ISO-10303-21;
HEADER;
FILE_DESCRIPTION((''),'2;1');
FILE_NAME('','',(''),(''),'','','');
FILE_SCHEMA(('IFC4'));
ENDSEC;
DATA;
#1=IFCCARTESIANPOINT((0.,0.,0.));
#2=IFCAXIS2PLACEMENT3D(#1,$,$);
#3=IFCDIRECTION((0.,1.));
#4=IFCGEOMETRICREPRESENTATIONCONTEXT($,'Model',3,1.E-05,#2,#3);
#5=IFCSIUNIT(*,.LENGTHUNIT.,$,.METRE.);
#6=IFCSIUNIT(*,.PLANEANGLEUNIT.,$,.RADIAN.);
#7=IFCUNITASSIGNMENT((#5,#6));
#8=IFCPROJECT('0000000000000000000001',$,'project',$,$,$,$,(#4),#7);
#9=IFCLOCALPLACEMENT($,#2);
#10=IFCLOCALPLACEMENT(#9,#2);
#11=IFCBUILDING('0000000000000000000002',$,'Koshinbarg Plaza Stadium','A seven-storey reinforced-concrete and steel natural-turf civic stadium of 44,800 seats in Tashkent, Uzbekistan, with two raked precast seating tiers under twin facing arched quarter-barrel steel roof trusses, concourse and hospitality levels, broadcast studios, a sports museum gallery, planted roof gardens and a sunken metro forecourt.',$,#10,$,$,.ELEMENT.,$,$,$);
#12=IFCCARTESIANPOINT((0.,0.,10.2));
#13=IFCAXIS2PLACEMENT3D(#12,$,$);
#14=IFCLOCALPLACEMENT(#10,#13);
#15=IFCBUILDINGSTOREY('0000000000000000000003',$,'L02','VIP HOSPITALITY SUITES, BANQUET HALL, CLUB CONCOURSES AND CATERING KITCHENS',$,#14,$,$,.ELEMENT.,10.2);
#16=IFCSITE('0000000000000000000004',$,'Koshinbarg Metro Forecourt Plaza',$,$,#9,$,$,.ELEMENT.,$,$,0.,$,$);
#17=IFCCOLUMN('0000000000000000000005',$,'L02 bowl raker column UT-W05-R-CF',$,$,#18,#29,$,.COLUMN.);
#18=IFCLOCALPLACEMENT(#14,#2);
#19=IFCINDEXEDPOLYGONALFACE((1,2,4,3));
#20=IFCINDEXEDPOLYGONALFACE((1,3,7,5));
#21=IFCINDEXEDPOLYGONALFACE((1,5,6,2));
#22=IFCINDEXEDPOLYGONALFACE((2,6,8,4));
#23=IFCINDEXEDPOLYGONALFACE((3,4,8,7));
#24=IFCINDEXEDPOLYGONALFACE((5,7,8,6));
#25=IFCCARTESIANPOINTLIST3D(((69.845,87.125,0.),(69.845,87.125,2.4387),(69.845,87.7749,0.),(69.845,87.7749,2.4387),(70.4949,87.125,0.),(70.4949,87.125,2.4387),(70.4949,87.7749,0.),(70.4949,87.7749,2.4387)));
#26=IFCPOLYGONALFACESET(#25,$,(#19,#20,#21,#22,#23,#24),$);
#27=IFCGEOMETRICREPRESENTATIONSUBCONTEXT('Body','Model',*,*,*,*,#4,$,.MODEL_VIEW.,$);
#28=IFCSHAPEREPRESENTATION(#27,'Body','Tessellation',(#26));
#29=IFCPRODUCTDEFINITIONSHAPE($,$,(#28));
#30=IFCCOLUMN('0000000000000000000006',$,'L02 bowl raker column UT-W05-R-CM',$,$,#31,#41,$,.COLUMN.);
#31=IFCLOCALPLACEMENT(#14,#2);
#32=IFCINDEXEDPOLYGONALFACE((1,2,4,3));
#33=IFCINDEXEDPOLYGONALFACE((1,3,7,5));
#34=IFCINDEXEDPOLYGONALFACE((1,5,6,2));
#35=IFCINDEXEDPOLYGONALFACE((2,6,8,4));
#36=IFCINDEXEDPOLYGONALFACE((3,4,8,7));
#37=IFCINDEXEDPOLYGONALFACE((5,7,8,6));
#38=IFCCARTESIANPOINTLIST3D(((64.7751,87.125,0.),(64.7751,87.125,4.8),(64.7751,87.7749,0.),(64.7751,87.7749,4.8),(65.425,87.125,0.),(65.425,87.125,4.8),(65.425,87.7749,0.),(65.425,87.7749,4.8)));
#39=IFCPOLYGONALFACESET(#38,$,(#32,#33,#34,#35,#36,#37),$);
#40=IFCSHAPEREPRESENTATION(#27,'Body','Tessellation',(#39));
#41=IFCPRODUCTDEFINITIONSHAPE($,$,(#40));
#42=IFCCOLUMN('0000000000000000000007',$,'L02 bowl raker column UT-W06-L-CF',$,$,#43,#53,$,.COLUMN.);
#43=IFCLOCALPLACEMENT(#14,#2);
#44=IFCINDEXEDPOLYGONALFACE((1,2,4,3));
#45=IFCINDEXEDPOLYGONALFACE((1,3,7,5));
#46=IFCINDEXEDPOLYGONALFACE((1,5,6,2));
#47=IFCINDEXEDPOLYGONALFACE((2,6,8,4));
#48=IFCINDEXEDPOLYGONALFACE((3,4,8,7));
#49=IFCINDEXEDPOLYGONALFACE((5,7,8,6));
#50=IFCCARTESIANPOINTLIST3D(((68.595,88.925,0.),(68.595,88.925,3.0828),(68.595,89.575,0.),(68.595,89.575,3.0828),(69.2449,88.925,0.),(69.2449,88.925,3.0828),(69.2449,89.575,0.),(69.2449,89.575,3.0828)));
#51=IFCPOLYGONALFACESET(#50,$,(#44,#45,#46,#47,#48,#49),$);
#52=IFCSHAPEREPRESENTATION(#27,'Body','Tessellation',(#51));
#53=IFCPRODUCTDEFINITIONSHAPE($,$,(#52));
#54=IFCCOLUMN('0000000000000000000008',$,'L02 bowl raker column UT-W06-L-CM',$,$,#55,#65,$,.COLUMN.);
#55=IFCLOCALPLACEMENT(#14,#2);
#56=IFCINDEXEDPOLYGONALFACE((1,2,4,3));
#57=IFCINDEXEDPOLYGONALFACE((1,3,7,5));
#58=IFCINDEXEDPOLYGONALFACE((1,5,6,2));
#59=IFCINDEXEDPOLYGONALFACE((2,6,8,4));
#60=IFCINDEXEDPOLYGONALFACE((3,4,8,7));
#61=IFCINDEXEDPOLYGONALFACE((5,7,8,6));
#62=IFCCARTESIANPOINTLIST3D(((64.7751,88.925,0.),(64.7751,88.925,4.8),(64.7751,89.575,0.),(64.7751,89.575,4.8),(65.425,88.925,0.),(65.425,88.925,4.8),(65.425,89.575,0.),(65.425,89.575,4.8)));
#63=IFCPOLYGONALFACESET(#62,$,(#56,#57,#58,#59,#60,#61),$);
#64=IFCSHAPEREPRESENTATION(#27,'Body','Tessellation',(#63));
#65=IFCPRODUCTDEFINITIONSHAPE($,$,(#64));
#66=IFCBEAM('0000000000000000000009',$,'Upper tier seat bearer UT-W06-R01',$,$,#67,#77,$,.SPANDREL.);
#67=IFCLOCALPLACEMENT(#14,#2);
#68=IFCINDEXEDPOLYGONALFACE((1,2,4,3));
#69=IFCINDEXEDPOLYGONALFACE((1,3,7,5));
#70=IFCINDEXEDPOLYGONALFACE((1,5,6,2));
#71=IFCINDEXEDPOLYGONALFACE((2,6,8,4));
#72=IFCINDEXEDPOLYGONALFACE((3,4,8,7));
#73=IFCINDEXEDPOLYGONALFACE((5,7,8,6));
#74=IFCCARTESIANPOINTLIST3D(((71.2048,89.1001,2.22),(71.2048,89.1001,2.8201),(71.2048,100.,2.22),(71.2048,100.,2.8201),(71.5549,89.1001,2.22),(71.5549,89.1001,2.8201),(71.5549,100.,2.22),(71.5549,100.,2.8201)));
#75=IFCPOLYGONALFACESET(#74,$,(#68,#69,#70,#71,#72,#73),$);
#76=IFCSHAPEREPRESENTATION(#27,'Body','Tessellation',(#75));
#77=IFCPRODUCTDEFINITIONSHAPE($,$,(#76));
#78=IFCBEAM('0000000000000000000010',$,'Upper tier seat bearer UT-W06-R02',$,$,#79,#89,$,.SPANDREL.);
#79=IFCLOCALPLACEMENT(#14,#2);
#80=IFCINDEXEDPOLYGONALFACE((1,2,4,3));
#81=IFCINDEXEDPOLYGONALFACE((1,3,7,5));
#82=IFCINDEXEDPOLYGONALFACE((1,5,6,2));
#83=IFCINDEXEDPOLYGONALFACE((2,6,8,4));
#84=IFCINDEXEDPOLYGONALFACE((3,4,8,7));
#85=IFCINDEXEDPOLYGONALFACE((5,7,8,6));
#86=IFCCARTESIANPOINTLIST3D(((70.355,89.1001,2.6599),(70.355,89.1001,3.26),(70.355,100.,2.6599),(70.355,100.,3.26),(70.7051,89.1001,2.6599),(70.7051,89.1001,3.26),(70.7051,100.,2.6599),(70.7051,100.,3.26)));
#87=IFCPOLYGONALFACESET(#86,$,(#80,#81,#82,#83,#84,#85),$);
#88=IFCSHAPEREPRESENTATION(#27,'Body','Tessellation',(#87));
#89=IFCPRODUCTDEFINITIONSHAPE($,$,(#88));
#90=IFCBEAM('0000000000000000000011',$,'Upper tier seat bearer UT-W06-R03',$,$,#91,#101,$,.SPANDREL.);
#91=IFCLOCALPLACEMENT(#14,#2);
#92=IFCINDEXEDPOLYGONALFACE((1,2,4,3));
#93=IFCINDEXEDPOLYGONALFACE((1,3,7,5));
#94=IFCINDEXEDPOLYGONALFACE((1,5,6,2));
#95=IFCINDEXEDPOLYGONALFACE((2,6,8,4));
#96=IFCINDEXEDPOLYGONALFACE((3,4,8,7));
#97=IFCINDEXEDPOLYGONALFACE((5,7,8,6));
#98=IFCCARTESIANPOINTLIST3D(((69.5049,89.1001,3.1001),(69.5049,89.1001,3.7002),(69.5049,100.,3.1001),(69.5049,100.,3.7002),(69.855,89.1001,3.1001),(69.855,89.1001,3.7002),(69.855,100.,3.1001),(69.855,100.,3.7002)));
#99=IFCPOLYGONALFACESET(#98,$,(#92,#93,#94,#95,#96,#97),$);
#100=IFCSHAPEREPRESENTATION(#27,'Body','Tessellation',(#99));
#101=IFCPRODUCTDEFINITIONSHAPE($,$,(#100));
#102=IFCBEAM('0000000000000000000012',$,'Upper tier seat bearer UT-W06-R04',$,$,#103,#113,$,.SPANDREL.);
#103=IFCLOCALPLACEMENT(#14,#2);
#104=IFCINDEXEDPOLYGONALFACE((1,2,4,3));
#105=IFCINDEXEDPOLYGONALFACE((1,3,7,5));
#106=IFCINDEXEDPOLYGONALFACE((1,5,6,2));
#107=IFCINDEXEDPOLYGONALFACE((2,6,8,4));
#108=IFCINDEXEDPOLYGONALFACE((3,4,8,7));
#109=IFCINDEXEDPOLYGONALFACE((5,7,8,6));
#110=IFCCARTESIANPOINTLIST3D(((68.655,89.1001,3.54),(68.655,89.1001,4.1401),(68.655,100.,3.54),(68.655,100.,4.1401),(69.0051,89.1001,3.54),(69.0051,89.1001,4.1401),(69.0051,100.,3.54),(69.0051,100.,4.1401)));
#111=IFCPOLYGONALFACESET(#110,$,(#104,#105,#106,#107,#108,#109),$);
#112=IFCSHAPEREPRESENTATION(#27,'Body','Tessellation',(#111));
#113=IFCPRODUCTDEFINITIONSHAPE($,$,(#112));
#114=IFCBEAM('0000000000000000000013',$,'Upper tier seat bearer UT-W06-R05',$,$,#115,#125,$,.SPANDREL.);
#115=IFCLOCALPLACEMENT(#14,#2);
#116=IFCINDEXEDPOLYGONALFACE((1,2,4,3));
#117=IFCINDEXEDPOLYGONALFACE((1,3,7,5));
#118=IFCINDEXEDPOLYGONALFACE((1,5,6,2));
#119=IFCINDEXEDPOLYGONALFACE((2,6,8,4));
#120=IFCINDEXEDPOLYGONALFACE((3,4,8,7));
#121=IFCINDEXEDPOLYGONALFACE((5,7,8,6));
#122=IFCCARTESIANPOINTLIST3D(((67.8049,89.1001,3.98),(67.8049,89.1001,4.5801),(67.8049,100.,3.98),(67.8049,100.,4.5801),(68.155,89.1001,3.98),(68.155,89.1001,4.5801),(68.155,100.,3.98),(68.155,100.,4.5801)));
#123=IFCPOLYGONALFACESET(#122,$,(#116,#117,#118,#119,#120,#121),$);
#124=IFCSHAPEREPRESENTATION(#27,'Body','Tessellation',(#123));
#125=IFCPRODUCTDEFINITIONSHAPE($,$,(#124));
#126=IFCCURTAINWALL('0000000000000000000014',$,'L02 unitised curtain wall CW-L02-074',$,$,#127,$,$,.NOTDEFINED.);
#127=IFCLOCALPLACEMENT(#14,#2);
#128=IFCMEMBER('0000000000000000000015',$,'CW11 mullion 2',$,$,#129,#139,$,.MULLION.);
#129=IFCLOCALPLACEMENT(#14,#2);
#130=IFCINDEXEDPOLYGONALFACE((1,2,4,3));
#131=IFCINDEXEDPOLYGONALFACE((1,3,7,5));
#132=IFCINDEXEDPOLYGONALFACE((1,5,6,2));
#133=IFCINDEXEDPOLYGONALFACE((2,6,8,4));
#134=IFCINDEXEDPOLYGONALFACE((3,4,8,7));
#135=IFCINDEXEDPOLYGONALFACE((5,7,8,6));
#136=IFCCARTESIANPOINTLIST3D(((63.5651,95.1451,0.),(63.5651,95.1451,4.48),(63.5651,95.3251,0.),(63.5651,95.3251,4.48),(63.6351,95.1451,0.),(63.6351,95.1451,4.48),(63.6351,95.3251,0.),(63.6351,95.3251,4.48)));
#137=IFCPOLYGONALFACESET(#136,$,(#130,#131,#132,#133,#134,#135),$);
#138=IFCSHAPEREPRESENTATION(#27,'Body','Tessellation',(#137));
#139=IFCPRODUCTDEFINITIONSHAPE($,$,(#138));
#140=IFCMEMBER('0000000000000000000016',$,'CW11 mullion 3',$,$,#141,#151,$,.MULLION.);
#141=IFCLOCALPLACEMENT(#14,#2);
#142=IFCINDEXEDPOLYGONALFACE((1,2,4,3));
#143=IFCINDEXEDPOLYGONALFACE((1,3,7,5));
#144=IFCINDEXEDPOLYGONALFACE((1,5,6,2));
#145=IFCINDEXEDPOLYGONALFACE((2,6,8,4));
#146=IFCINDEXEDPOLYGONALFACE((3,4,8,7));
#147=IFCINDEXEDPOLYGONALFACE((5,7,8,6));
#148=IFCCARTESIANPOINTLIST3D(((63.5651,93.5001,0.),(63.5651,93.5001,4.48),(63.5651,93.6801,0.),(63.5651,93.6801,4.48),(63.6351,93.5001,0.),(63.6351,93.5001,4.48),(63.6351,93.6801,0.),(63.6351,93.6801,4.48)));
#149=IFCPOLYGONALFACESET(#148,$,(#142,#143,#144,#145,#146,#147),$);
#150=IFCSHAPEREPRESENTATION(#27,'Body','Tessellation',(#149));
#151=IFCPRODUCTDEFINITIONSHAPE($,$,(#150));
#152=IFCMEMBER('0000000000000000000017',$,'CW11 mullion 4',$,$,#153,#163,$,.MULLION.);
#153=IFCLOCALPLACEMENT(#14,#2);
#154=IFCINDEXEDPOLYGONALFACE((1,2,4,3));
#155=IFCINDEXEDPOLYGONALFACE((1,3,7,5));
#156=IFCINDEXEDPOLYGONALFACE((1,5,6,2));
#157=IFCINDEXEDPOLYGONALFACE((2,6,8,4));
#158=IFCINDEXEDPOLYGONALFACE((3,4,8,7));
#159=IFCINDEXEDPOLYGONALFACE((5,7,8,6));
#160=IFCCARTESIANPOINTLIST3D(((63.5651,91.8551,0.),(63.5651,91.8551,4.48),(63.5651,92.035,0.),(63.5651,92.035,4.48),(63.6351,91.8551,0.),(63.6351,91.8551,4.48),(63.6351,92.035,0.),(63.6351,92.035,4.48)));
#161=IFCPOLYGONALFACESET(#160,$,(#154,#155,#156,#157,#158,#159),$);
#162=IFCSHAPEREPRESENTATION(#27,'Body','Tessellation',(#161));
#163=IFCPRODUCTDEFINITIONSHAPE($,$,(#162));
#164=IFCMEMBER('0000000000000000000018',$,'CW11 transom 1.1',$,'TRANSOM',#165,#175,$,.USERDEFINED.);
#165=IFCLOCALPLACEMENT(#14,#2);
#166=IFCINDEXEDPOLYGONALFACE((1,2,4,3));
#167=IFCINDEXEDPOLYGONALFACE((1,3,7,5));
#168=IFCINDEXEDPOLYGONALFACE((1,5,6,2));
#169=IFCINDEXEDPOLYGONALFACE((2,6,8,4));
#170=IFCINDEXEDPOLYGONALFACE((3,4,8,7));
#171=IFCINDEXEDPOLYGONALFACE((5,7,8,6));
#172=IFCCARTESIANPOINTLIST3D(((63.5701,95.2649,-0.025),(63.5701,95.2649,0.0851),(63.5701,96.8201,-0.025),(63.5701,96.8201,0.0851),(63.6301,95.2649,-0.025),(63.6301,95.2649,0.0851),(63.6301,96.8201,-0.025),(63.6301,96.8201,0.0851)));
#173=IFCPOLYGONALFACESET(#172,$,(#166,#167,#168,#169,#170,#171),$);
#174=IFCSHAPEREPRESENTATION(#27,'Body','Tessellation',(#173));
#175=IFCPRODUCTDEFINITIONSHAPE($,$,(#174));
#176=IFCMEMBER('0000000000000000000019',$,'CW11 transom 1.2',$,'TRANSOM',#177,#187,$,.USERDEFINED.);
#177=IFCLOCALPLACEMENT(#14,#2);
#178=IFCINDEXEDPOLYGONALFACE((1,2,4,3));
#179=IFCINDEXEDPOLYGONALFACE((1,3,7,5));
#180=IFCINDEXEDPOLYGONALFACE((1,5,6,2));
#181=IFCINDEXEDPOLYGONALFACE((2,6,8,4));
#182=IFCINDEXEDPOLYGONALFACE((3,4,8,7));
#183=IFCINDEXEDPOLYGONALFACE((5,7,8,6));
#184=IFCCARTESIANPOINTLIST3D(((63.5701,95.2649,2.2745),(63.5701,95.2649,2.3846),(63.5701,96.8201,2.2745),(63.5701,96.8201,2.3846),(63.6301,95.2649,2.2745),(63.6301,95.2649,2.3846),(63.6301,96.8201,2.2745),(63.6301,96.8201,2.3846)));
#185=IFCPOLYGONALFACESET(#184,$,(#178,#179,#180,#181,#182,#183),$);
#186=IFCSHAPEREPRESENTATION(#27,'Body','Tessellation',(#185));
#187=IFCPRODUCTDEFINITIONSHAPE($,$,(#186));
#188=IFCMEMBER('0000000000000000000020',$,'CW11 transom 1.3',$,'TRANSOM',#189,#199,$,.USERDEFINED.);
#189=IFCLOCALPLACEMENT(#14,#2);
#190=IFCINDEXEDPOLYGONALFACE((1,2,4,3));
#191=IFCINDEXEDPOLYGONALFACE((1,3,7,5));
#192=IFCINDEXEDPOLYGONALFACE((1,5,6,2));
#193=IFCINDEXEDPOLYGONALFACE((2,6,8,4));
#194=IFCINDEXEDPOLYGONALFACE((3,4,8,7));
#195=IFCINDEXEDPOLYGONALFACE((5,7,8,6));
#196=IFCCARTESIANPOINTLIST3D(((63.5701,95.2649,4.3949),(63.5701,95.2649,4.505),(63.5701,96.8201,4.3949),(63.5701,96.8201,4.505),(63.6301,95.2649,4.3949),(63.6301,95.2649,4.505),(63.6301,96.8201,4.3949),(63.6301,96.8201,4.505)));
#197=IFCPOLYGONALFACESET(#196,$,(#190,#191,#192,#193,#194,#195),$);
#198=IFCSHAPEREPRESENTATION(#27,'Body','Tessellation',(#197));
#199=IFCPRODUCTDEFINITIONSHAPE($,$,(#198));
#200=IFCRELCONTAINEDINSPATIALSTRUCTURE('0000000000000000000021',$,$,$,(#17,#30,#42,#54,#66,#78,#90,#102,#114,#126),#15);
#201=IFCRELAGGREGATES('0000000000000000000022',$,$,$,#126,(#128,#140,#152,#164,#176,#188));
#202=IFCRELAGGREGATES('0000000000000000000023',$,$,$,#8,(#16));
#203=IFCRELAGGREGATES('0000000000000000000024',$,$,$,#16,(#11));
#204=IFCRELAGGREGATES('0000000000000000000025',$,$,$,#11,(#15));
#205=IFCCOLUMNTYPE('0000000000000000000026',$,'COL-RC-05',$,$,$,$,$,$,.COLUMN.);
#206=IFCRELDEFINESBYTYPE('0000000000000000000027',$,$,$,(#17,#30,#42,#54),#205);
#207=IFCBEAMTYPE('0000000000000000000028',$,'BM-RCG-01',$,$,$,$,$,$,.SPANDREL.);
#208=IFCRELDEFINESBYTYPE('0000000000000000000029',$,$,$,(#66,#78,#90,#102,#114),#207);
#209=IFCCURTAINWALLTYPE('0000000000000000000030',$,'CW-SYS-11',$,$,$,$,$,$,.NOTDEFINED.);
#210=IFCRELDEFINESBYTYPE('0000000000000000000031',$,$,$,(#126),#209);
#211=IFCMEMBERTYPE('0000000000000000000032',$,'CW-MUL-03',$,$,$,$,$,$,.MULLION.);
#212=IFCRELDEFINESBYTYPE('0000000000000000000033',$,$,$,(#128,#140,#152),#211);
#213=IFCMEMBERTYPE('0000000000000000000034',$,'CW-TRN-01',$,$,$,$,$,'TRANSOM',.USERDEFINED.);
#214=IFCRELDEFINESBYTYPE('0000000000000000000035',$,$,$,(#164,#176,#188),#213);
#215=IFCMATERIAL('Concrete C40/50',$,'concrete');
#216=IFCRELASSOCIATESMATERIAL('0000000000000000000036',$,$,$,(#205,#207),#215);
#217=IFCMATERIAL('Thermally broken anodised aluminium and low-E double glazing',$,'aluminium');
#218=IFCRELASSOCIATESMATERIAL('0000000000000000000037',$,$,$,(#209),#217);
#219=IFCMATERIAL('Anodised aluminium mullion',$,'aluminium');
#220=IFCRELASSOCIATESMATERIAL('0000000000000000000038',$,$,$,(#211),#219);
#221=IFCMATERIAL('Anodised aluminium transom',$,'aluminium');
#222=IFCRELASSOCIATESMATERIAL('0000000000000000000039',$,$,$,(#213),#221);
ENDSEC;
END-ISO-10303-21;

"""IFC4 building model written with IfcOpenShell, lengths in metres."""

from ifc_helpers import new_model, si_unit, direction, frame, origin, origin_2d, place, context, subcontext, project, spatial, rectangle, extrude, material, material_profile, profile_set, type_object, element, aggregate, save


model = new_model("IFC4")

# Units and contexts
model_context = context("Model", 3, precision=1e-05, world=origin(), true_north=direction((0.0, 1.0)))
body_context = subcontext(model_context, "Body", "Model", "MODEL_VIEW")
ifc_project = project(units=[si_unit("LENGTHUNIT", "METRE"), si_unit("PLANEANGLEUNIT", "RADIAN")], contexts=[model_context])

# Site, building, storey
site_placement = place(None, origin())
site = spatial("IfcSite", under=ifc_project, at=site_placement, Name="Koshinbarg Metro Forecourt Plaza", CompositionType="ELEMENT", RefElevation=0.0)
building_placement = place(site_placement, origin())
building = spatial("IfcBuilding", under=site, at=building_placement, Name="Koshinbarg Plaza Stadium", Description="A seven-storey reinforced-concrete and steel natural-turf civic stadium of 44,800 seats in Tashkent, Uzbekistan, with two raked precast seating tiers under twin facing arched quarter-barrel steel roof trusses, concourse and hospitality levels, broadcast studios, a sports museum gallery, planted roof gardens and a sunken metro forecourt.", CompositionType="ELEMENT")
storey_placement = place(building_placement, frame((0.0, 0.0, 10.2)))
storey = spatial("IfcBuildingStorey", under=building, at=storey_placement, Name="L02", Description="VIP HOSPITALITY SUITES, BANQUET HALL, CLUB CONCOURSES AND CATERING KITCHENS", CompositionType="ELEMENT", Elevation=10.2)

# Columns
ifc_material_1 = material(Name="Concrete C40/50", Category="concrete")
ifc_material_profile_1 = material_profile(ifc_material_1, rectangle(XDim=0.6499, YDim=0.6499, at=origin_2d()), Name="RC 650x650")
ifc_profile_set_1 = profile_set([ifc_material_profile_1], Name="Concrete C40/50")
column_type = type_object("IfcColumnType", Name="COL-RC-05", PredefinedType="COLUMN", material=ifc_profile_set_1)
column_1_placement = place(storey_placement, frame((70.1699, 87.45, 0.0), z_axis=(0.0, 0.0, 1.0), x_axis=(1.0, 0.0, 0.0)))
element("IfcColumn", 1, at=column_1_placement, inside=storey, type_object=column_type, Name="L02 bowl raker column UT-W05-R-CF", PredefinedType="COLUMN", context=body_context, shape_type="SweptSolid", body=[
    extrude(rectangle(XDim=0.6499, YDim=0.6499, at=origin_2d()), origin(), (0.0, 0.0, 1.0), 2.4387),
])
column_2_placement = place(storey_placement, frame((65.1001, 87.45, 0.0), z_axis=(0.0, 0.0, 1.0), x_axis=(1.0, 0.0, 0.0)))
element("IfcColumn", 2, at=column_2_placement, inside=storey, type_object=column_type, Name="L02 bowl raker column UT-W05-R-CM", PredefinedType="COLUMN", context=body_context, shape_type="SweptSolid", body=[
    extrude(rectangle(XDim=0.6499, YDim=0.6499, at=origin_2d()), origin(), (0.0, 0.0, 1.0), 4.8),
])
column_3_placement = place(storey_placement, frame((68.9199, 89.25, 0.0), z_axis=(0.0, 0.0, 1.0), x_axis=(1.0, 0.0, 0.0)))
element("IfcColumn", 3, at=column_3_placement, inside=storey, type_object=column_type, Name="L02 bowl raker column UT-W06-L-CF", PredefinedType="COLUMN", context=body_context, shape_type="SweptSolid", body=[
    extrude(rectangle(XDim=0.6499, YDim=0.6499, at=origin_2d()), origin(), (0.0, 0.0, 1.0), 3.0828),
])
column_4_placement = place(storey_placement, frame((65.1001, 89.25, 0.0), z_axis=(0.0, 0.0, 1.0), x_axis=(1.0, 0.0, 0.0)))
element("IfcColumn", 4, at=column_4_placement, inside=storey, type_object=column_type, Name="L02 bowl raker column UT-W06-L-CM", PredefinedType="COLUMN", context=body_context, shape_type="SweptSolid", body=[
    extrude(rectangle(XDim=0.6499, YDim=0.6499, at=origin_2d()), origin(), (0.0, 0.0, 1.0), 4.8),
])

# Beams
ifc_material_profile_2 = material_profile(ifc_material_1, rectangle(XDim=0.3501, YDim=0.6001, at=origin_2d()), Name="RC 350x600")
ifc_profile_set_2 = profile_set([ifc_material_profile_2], Name="Concrete C40/50")
beam_type = type_object("IfcBeamType", Name="BM-RCG-01", PredefinedType="SPANDREL", material=ifc_profile_set_2)
for number, where, z_axis, x_axis, name in (
    (5, (71.3799, 89.1001, 2.52), (0.0, 1.0, 0.0), (-1.0, 0.0, 0.0), "Upper tier seat bearer UT-W06-R01"),
    (6, (70.53, 89.1001, 2.96), (0.0, 1.0, 0.0), (-1.0, 0.0, 0.0), "Upper tier seat bearer UT-W06-R02"),
    (7, (69.6799, 89.1001, 3.4001), (0.0, 1.0, 0.0), (-1.0, 0.0, 0.0), "Upper tier seat bearer UT-W06-R03"),
    (8, (68.8301, 89.1001, 3.8401), (0.0, 1.0, 0.0), (-1.0, 0.0, 0.0), "Upper tier seat bearer UT-W06-R04"),
    (9, (67.98, 89.1001, 4.28), (0.0, 1.0, 0.0), (-1.0, 0.0, 0.0), "Upper tier seat bearer UT-W06-R05"),
):
    element("IfcBeam", number, at=place(storey_placement, frame(where, z_axis=z_axis, x_axis=x_axis)), inside=storey, type_object=beam_type, Name=name, PredefinedType="SPANDREL", context=body_context, shape_type="SweptSolid", body=[
        extrude(rectangle(XDim=0.3501, YDim=0.6001, at=origin_2d()), origin(), (0.0, 0.0, 1.0), 10.8999),
    ])

# Curtain wall, members
ifc_material_2 = material(Name="Thermally broken anodised aluminium and low-E double glazing", Category="aluminium")
curtain_wall_type = type_object("IfcCurtainWallType", Name="CW-SYS-11", PredefinedType="NOTDEFINED", material=ifc_material_2)
curtain_wall_placement = place(storey_placement, origin())
curtain_wall = element("IfcCurtainWall", 10, at=curtain_wall_placement, inside=storey, type_object=curtain_wall_type, Name="L02 unitised curtain wall CW-L02-074", PredefinedType="NOTDEFINED")
ifc_material_3 = material(Name="Anodised aluminium mullion", Category="aluminium")
ifc_material_profile_3 = material_profile(ifc_material_3, rectangle(XDim=0.0701, YDim=0.1799, at=origin_2d()), Name="ALU 70x180")
ifc_profile_set_3 = profile_set([ifc_material_profile_3], Name="Anodised aluminium mullion")
member_type_1 = type_object("IfcMemberType", Name="CW-MUL-03", PredefinedType="MULLION", material=ifc_profile_set_3)
member_1_placement = place(storey_placement, frame((63.6001, 95.2351, 0.0), z_axis=(0.0, 0.0, 1.0), x_axis=(1.0, 0.0, 0.0)))
member_1 = element("IfcMember", 11, at=member_1_placement, type_object=member_type_1, Name="CW11 mullion 2", PredefinedType="MULLION", context=body_context, shape_type="SweptSolid", body=[
    extrude(rectangle(XDim=0.0701, YDim=0.1799, at=origin_2d()), origin(), (0.0, 0.0, 1.0), 4.48),
])
member_2_placement = place(storey_placement, frame((63.6001, 93.5901, 0.0), z_axis=(0.0, 0.0, 1.0), x_axis=(1.0, 0.0, 0.0)))
member_2 = element("IfcMember", 12, at=member_2_placement, type_object=member_type_1, Name="CW11 mullion 3", PredefinedType="MULLION", context=body_context, shape_type="SweptSolid", body=[
    extrude(rectangle(XDim=0.0701, YDim=0.1799, at=origin_2d()), origin(), (0.0, 0.0, 1.0), 4.48),
])
member_3_placement = place(storey_placement, frame((63.6001, 91.9451, 0.0), z_axis=(0.0, 0.0, 1.0), x_axis=(1.0, 0.0, 0.0)))
member_3 = element("IfcMember", 13, at=member_3_placement, type_object=member_type_1, Name="CW11 mullion 4", PredefinedType="MULLION", context=body_context, shape_type="SweptSolid", body=[
    extrude(rectangle(XDim=0.0701, YDim=0.1799, at=origin_2d()), origin(), (0.0, 0.0, 1.0), 4.48),
])
ifc_material_4 = material(Name="Anodised aluminium transom", Category="aluminium")
ifc_material_profile_4 = material_profile(ifc_material_4, rectangle(XDim=0.0601, YDim=0.1101, at=origin_2d()), Name="ALU 60x110")
ifc_profile_set_4 = profile_set([ifc_material_profile_4], Name="Anodised aluminium transom")
member_type_2 = type_object("IfcMemberType", Name="CW-TRN-01", ElementType="TRANSOM", PredefinedType="USERDEFINED", material=ifc_profile_set_4)
member_4_placement = place(storey_placement, frame((63.6001, 96.8201, 0.03), z_axis=(0.0, -1.0, 0.0), x_axis=(1.0, 0.0, 0.0)))
member_4 = element("IfcMember", 14, at=member_4_placement, type_object=member_type_2, Name="CW11 transom 1.1", ObjectType="TRANSOM", PredefinedType="USERDEFINED", context=body_context, shape_type="SweptSolid", body=[
    extrude(rectangle(XDim=0.0601, YDim=0.1101, at=origin_2d()), origin(), (0.0, 0.0, 1.0), 1.5552),
])
member_5_placement = place(storey_placement, frame((63.6001, 96.8201, 2.3296), z_axis=(0.0, -1.0, 0.0), x_axis=(1.0, 0.0, 0.0)))
member_5 = element("IfcMember", 15, at=member_5_placement, type_object=member_type_2, Name="CW11 transom 1.2", ObjectType="TRANSOM", PredefinedType="USERDEFINED", context=body_context, shape_type="SweptSolid", body=[
    extrude(rectangle(XDim=0.0601, YDim=0.1101, at=origin_2d()), origin(), (0.0, 0.0, 1.0), 1.5552),
])
member_6_placement = place(storey_placement, frame((63.6001, 96.8201, 4.45), z_axis=(0.0, -1.0, 0.0), x_axis=(1.0, 0.0, 0.0)))
member_6 = element("IfcMember", 16, at=member_6_placement, type_object=member_type_2, Name="CW11 transom 1.3", ObjectType="TRANSOM", PredefinedType="USERDEFINED", context=body_context, shape_type="SweptSolid", body=[
    extrude(rectangle(XDim=0.0601, YDim=0.1101, at=origin_2d()), origin(), (0.0, 0.0, 1.0), 1.5552),
])

aggregate(curtain_wall, [member_1, member_2, member_3, member_4, member_5, member_6])

save(model, "model.ifc")
